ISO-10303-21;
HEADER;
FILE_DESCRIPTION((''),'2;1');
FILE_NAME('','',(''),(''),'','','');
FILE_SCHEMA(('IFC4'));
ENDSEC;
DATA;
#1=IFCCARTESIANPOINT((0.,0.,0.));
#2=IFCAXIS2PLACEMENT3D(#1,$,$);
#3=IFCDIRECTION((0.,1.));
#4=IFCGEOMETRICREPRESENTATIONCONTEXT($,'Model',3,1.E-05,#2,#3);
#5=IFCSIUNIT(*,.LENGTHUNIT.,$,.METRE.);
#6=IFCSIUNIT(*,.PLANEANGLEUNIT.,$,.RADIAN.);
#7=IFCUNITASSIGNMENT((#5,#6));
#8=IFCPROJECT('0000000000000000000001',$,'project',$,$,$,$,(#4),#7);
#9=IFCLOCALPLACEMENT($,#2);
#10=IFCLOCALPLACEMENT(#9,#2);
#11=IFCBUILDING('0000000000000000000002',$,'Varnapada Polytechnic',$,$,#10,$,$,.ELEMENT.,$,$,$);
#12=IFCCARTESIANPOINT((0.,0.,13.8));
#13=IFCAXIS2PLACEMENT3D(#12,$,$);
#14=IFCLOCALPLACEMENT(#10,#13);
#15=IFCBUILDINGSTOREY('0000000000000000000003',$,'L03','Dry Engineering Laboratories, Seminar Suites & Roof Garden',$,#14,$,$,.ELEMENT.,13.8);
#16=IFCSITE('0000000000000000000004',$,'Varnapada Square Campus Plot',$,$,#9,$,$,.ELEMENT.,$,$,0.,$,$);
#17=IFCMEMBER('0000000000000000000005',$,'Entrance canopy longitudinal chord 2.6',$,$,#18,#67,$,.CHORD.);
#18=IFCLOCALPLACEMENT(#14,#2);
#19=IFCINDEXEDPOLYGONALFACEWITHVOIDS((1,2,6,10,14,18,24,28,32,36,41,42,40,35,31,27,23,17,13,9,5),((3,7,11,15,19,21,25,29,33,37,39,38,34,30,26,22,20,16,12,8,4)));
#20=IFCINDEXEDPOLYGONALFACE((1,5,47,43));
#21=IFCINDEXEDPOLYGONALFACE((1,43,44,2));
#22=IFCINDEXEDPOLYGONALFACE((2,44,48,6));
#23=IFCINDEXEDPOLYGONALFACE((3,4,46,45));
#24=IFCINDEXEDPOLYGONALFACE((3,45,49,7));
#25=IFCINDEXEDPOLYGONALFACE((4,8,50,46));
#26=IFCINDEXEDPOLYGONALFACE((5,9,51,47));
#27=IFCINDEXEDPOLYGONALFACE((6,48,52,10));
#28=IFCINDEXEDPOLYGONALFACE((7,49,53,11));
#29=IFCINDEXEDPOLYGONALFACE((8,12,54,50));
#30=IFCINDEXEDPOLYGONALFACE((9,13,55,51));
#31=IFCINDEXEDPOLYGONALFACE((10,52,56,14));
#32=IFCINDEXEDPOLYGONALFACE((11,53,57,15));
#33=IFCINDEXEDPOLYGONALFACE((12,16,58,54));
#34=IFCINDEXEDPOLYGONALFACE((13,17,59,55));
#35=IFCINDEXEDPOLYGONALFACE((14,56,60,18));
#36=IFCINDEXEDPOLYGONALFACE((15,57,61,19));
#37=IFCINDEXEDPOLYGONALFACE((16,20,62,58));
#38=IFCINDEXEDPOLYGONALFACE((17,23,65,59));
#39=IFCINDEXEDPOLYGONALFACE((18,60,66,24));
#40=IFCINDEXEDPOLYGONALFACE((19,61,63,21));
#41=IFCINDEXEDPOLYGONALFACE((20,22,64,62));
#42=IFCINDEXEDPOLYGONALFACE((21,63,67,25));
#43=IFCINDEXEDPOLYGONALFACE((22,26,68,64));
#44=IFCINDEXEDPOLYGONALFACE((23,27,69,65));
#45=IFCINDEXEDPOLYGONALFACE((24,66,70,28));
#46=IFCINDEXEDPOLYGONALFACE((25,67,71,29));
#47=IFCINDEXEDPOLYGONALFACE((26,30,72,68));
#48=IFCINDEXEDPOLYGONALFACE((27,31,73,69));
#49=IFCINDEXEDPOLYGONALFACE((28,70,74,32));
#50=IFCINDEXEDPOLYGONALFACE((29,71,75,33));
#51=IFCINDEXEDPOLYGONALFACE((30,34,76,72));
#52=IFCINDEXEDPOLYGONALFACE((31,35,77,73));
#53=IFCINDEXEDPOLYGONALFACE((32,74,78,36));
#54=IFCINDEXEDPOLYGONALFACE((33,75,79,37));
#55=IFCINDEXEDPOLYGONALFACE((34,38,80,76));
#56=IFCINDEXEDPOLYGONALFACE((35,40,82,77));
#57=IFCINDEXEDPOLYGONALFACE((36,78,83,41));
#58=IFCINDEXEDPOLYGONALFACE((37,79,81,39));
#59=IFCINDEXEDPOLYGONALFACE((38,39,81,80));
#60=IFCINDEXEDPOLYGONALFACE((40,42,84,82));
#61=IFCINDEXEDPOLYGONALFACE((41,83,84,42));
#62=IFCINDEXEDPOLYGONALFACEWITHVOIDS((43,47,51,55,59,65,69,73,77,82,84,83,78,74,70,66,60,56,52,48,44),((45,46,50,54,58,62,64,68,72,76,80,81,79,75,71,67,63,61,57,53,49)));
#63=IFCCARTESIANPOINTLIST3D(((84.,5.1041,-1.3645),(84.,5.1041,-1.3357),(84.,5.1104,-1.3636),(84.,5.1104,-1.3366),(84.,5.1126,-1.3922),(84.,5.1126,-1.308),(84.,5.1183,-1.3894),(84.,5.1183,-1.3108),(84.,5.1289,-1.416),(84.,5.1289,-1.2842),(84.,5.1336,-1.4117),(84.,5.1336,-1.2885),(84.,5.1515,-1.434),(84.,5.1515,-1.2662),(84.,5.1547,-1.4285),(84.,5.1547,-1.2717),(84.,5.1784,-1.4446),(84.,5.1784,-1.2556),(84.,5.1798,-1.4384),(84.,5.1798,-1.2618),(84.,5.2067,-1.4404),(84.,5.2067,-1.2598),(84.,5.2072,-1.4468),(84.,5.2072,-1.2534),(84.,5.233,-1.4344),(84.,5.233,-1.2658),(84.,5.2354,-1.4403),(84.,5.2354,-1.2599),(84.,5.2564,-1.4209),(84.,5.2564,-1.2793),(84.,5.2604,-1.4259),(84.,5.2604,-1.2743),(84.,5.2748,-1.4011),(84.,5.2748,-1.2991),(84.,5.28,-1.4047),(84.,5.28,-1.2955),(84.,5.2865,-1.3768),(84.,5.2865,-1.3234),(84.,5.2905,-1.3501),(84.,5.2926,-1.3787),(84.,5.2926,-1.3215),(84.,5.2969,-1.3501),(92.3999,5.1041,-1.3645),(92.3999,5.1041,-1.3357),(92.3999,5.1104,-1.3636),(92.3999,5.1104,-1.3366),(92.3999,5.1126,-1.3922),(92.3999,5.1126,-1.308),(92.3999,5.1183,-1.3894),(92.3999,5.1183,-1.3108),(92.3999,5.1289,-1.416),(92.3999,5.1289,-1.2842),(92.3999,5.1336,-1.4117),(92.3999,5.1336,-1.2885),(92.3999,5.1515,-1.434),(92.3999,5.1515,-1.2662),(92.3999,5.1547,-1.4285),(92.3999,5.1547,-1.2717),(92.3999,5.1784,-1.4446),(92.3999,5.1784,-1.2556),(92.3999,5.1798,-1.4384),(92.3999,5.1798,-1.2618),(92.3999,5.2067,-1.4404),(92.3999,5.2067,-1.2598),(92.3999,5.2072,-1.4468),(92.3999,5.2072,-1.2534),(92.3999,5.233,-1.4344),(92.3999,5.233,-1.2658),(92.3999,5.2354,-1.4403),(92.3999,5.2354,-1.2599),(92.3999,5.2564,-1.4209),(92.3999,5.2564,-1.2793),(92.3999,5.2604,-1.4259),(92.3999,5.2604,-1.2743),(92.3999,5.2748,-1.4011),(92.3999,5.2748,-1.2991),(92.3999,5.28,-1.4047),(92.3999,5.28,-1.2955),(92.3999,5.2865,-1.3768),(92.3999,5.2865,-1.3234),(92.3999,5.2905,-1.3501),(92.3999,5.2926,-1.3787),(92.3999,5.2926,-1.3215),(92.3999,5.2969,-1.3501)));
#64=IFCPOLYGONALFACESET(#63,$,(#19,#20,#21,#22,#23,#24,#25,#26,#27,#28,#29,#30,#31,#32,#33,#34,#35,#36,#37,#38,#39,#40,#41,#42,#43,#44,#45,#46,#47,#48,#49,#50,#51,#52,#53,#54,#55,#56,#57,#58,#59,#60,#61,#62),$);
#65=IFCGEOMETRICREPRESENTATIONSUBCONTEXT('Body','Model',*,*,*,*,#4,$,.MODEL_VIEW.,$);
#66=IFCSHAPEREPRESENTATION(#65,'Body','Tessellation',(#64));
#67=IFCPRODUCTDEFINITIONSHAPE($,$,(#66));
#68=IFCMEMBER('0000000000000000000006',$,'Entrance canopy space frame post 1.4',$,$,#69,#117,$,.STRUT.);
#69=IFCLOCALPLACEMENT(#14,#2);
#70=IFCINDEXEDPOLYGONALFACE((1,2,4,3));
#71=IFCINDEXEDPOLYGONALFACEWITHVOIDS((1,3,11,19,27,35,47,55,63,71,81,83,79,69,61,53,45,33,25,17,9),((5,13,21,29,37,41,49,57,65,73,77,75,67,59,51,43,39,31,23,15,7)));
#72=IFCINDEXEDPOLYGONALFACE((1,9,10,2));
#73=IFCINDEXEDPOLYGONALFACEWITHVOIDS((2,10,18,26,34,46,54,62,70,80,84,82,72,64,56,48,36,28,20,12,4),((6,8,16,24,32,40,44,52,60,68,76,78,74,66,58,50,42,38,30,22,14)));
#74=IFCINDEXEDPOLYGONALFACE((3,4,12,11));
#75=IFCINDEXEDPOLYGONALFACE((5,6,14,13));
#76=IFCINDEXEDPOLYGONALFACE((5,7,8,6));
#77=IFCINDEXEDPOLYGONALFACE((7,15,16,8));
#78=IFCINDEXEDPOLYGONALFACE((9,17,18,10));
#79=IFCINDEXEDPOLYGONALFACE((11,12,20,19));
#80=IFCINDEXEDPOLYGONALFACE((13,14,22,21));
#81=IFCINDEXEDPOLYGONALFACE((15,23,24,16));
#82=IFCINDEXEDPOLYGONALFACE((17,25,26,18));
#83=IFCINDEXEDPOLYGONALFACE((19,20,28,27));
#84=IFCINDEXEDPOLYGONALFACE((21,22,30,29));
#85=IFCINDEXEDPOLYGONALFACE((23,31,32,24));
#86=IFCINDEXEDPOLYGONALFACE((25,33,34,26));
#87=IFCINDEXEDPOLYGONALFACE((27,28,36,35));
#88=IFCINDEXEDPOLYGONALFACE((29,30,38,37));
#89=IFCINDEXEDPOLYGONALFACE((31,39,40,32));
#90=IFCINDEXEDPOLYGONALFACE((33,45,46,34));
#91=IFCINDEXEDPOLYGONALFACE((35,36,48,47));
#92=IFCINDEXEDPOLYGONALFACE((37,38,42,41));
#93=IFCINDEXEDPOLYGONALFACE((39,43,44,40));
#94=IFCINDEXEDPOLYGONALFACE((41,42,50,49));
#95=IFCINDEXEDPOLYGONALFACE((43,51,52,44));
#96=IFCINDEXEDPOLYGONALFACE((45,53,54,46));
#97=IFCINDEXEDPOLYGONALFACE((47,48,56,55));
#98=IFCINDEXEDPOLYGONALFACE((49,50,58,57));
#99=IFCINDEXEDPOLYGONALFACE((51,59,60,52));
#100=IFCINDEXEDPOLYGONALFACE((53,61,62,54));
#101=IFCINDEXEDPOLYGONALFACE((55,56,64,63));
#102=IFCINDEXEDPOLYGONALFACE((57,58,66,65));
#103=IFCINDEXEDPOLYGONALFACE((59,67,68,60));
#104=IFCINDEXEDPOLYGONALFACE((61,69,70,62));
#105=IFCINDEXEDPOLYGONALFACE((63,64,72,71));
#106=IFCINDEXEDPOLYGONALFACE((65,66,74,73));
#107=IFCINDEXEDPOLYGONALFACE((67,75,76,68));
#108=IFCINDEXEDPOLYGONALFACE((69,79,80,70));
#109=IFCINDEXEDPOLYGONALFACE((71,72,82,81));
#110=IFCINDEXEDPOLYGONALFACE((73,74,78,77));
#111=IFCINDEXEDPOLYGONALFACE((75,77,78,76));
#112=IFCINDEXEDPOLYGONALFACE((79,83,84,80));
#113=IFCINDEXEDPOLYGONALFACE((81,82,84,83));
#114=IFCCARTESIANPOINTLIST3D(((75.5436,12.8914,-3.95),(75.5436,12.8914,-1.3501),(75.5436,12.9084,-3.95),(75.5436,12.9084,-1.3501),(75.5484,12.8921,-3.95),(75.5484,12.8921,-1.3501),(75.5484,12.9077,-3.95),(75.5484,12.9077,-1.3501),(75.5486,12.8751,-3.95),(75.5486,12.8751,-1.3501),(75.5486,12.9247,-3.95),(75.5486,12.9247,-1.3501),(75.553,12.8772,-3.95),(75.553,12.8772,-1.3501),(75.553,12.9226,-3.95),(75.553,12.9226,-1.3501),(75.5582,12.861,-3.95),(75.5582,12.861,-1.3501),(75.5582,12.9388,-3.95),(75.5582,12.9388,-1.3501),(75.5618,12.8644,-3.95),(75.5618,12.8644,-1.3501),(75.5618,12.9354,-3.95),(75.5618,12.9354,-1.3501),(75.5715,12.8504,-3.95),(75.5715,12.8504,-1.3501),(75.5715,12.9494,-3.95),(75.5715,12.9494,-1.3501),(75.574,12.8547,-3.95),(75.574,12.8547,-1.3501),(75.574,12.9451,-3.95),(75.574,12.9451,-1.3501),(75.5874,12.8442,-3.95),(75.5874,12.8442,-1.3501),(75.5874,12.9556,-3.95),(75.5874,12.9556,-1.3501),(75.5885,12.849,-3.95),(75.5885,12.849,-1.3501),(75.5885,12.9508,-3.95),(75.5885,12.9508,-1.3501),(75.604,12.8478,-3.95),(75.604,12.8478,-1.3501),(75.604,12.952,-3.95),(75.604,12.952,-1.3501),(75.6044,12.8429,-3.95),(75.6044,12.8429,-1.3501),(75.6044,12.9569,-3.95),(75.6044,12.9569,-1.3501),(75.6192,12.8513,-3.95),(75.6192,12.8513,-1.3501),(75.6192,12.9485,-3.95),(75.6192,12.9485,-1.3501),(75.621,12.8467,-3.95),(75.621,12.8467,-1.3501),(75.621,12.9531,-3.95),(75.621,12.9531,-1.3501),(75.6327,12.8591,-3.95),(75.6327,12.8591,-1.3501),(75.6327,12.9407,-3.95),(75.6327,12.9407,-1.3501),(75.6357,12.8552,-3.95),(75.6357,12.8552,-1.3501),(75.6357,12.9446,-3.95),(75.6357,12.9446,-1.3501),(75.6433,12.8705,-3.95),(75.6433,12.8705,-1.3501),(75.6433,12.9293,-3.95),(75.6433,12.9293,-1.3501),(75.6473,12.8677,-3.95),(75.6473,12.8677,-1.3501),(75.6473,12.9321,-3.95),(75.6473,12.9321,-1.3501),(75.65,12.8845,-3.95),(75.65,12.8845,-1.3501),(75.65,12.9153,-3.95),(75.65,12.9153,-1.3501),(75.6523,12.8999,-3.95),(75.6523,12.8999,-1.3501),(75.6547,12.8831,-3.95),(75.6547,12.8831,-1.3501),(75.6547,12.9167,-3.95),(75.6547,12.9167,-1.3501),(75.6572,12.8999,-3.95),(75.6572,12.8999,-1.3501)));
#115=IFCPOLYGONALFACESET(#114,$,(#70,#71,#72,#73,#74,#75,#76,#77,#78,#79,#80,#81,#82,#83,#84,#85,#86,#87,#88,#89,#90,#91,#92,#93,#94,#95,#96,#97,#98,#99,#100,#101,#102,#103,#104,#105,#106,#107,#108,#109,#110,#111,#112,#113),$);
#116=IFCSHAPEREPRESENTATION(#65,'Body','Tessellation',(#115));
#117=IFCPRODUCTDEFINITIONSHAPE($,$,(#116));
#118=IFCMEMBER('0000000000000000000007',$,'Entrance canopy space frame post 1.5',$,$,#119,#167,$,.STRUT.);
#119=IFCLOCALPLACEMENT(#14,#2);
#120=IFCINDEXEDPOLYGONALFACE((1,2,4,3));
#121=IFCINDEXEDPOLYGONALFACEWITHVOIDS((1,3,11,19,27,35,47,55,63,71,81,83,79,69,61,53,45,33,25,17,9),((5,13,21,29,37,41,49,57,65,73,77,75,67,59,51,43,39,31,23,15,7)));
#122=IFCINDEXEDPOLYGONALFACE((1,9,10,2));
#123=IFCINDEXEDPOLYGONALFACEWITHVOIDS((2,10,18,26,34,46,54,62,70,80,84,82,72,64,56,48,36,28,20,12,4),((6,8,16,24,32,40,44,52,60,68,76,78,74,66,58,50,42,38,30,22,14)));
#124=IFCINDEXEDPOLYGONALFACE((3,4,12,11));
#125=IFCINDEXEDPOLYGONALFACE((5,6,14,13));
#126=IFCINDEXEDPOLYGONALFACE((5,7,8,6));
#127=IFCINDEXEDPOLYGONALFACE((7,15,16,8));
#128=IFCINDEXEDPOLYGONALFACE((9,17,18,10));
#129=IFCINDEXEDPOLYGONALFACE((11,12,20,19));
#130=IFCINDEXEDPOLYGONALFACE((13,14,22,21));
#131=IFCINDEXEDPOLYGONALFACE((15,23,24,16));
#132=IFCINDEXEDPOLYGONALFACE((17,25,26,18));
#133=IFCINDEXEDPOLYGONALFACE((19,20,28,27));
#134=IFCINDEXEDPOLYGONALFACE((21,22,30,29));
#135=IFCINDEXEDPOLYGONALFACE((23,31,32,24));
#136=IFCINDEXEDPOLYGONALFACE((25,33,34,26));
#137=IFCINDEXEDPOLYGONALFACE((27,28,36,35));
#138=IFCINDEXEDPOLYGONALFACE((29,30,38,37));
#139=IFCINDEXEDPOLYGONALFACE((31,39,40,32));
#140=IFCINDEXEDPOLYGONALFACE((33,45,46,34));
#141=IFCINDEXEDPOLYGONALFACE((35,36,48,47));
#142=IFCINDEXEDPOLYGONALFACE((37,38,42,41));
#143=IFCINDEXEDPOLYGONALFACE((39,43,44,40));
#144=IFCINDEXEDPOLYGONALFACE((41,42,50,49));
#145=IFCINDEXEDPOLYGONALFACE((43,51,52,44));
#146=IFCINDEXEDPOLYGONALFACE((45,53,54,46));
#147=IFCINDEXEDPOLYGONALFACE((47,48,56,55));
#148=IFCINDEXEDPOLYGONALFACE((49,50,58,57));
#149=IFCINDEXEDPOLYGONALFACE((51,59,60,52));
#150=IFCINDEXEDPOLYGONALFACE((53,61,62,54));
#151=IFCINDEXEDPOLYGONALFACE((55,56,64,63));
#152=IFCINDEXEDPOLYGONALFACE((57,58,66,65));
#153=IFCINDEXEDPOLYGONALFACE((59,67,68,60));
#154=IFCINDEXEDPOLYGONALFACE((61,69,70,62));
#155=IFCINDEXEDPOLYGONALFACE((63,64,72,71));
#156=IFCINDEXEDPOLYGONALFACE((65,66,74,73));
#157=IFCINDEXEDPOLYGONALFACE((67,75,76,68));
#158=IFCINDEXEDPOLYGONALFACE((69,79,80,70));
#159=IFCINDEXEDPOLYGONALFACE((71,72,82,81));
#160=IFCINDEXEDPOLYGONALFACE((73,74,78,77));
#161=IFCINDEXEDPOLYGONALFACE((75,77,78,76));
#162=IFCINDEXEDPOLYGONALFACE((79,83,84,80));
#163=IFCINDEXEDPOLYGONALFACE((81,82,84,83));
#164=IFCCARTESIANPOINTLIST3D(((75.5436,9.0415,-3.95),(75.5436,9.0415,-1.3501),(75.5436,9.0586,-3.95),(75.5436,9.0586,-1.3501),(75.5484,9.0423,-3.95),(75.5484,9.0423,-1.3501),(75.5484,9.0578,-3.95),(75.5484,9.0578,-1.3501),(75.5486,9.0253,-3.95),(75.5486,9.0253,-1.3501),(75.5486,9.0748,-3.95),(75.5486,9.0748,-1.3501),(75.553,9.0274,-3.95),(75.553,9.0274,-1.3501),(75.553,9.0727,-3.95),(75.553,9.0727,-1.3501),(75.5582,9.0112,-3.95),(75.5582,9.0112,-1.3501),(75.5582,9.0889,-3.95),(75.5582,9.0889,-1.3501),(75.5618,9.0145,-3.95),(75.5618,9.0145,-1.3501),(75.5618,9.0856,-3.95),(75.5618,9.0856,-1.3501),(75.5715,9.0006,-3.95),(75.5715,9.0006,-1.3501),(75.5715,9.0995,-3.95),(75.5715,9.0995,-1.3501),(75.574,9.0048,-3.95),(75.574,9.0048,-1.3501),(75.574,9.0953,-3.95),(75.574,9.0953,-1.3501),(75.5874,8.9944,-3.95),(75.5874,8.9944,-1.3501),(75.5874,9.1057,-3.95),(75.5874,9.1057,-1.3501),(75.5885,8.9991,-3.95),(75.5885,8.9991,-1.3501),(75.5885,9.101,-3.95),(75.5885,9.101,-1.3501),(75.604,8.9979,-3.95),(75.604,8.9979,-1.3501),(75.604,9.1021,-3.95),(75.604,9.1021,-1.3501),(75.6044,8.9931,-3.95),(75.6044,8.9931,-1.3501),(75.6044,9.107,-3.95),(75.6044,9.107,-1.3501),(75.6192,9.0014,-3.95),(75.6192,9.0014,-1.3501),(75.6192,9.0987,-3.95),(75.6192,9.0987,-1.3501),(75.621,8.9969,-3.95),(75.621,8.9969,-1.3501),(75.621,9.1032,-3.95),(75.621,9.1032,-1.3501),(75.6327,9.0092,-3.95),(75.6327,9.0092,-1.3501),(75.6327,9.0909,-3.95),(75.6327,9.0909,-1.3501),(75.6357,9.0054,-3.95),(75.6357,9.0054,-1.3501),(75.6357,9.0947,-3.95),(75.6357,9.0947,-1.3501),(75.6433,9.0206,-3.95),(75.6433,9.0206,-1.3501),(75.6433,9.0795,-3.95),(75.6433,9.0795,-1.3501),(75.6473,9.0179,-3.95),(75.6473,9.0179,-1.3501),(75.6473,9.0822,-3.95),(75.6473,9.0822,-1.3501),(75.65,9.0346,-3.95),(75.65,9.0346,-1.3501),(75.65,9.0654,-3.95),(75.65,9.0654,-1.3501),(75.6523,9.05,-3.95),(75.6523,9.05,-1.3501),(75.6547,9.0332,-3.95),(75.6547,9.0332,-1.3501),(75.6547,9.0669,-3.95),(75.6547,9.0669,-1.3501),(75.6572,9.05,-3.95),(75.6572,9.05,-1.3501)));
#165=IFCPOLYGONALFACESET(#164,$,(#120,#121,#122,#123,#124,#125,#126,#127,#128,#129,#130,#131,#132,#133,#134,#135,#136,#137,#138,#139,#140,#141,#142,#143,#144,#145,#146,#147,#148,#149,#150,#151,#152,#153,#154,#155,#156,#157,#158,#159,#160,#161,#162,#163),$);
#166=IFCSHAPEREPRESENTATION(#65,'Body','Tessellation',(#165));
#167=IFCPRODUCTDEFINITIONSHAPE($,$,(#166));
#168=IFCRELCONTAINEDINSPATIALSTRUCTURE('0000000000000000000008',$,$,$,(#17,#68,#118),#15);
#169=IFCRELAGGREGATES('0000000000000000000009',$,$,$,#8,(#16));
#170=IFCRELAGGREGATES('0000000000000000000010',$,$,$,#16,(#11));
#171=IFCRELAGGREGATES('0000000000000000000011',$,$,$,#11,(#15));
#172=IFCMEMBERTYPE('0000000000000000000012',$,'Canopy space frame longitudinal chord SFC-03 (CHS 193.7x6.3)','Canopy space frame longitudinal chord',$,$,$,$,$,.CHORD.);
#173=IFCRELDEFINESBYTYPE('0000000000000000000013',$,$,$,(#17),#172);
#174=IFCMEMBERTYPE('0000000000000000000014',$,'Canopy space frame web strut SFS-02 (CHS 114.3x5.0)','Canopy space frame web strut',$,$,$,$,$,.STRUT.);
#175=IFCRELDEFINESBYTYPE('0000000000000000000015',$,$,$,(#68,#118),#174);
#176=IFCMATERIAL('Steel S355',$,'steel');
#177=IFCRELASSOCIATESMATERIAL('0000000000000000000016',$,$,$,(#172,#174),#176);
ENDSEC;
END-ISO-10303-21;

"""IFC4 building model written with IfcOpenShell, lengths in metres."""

from ifc_helpers import new_model, si_unit, direction, frame, origin, origin_2d, place, context, subcontext, project, spatial, hollow_circle, extrude, material, material_profile, profile_set, type_object, element, save


model = new_model("IFC4")

# Units and contexts
model_context = context("Model", 3, precision=1e-05, world=origin(), true_north=direction((0.0, 1.0)))
body_context = subcontext(model_context, "Body", "Model", "MODEL_VIEW")
ifc_project = project(units=[si_unit("LENGTHUNIT", "METRE"), si_unit("PLANEANGLEUNIT", "RADIAN")], contexts=[model_context])

# Site, building, storey
site_placement = place(None, origin())
site = spatial("IfcSite", under=ifc_project, at=site_placement, Name="Varnapada Square Campus Plot", CompositionType="ELEMENT", RefElevation=0.0)
building_placement = place(site_placement, origin())
building = spatial("IfcBuilding", under=site, at=building_placement, Name="Varnapada Polytechnic", CompositionType="ELEMENT")
storey_placement = place(building_placement, frame((0.0, 0.0, 13.8)))
storey = spatial("IfcBuildingStorey", under=building, at=storey_placement, Name="L03", Description="Dry Engineering Laboratories, Seminar Suites & Roof Garden", CompositionType="ELEMENT", Elevation=13.8)

# Members
ifc_material = material(Name="Steel S355", Category="steel")
ifc_material_profile_1 = material_profile(ifc_material, hollow_circle(Radius=0.0969, WallThickness=0.0063, at=origin_2d()), Name="CHS 193.7x6.3")
ifc_profile_set_1 = profile_set([ifc_material_profile_1], Name="Steel S355")
member_type_1 = type_object("IfcMemberType", Name="Canopy space frame longitudinal chord SFC-03 (CHS 193.7x6.3)", Description="Canopy space frame longitudinal chord", PredefinedType="CHORD", material=ifc_profile_set_1)
for number, where, z_axis, x_axis, name in (
    (1, (84.0, 5.2, -1.3501), (1.0, 0.0, 0.0), (0.0, 1.0, 0.0), "Entrance canopy longitudinal chord 2.6"),
):
    element("IfcMember", number, at=place(storey_placement, frame(where, z_axis=z_axis, x_axis=x_axis)), inside=storey, type_object=member_type_1, Name=name, PredefinedType="CHORD", context=body_context, shape_type="SweptSolid", body=[
        extrude(hollow_circle(Radius=0.0969, WallThickness=0.0063, at=origin_2d()), origin(), (0.0, 0.0, 1.0), 8.3999),
    ])
ifc_material_profile_2 = material_profile(ifc_material, hollow_circle(Radius=0.0571, WallThickness=0.0049, at=origin_2d()), Name="CHS 114.3x5.0")
ifc_profile_set_2 = profile_set([ifc_material_profile_2], Name="Steel S355")
member_type_2 = type_object("IfcMemberType", Name="Canopy space frame web strut SFS-02 (CHS 114.3x5.0)", Description="Canopy space frame web strut", PredefinedType="STRUT", material=ifc_profile_set_2)
for number, where, z_axis, x_axis, name in (
    (2, (75.6001, 12.8999, -3.95), (0.0, 0.0, 1.0), (1.0, 0.0, 0.0), "Entrance canopy space frame post 1.4"),
    (3, (75.6001, 9.05, -3.95), (0.0, 0.0, 1.0), (1.0, 0.0, 0.0), "Entrance canopy space frame post 1.5"),
):
    element("IfcMember", number, at=place(storey_placement, frame(where, z_axis=z_axis, x_axis=x_axis)), inside=storey, type_object=member_type_2, Name=name, PredefinedType="STRUT", context=body_context, shape_type="SweptSolid", body=[
        extrude(hollow_circle(Radius=0.0571, WallThickness=0.0049, at=origin_2d()), origin(), (0.0, 0.0, 1.0), 2.5999),
    ])

save(model, "model.ifc")
